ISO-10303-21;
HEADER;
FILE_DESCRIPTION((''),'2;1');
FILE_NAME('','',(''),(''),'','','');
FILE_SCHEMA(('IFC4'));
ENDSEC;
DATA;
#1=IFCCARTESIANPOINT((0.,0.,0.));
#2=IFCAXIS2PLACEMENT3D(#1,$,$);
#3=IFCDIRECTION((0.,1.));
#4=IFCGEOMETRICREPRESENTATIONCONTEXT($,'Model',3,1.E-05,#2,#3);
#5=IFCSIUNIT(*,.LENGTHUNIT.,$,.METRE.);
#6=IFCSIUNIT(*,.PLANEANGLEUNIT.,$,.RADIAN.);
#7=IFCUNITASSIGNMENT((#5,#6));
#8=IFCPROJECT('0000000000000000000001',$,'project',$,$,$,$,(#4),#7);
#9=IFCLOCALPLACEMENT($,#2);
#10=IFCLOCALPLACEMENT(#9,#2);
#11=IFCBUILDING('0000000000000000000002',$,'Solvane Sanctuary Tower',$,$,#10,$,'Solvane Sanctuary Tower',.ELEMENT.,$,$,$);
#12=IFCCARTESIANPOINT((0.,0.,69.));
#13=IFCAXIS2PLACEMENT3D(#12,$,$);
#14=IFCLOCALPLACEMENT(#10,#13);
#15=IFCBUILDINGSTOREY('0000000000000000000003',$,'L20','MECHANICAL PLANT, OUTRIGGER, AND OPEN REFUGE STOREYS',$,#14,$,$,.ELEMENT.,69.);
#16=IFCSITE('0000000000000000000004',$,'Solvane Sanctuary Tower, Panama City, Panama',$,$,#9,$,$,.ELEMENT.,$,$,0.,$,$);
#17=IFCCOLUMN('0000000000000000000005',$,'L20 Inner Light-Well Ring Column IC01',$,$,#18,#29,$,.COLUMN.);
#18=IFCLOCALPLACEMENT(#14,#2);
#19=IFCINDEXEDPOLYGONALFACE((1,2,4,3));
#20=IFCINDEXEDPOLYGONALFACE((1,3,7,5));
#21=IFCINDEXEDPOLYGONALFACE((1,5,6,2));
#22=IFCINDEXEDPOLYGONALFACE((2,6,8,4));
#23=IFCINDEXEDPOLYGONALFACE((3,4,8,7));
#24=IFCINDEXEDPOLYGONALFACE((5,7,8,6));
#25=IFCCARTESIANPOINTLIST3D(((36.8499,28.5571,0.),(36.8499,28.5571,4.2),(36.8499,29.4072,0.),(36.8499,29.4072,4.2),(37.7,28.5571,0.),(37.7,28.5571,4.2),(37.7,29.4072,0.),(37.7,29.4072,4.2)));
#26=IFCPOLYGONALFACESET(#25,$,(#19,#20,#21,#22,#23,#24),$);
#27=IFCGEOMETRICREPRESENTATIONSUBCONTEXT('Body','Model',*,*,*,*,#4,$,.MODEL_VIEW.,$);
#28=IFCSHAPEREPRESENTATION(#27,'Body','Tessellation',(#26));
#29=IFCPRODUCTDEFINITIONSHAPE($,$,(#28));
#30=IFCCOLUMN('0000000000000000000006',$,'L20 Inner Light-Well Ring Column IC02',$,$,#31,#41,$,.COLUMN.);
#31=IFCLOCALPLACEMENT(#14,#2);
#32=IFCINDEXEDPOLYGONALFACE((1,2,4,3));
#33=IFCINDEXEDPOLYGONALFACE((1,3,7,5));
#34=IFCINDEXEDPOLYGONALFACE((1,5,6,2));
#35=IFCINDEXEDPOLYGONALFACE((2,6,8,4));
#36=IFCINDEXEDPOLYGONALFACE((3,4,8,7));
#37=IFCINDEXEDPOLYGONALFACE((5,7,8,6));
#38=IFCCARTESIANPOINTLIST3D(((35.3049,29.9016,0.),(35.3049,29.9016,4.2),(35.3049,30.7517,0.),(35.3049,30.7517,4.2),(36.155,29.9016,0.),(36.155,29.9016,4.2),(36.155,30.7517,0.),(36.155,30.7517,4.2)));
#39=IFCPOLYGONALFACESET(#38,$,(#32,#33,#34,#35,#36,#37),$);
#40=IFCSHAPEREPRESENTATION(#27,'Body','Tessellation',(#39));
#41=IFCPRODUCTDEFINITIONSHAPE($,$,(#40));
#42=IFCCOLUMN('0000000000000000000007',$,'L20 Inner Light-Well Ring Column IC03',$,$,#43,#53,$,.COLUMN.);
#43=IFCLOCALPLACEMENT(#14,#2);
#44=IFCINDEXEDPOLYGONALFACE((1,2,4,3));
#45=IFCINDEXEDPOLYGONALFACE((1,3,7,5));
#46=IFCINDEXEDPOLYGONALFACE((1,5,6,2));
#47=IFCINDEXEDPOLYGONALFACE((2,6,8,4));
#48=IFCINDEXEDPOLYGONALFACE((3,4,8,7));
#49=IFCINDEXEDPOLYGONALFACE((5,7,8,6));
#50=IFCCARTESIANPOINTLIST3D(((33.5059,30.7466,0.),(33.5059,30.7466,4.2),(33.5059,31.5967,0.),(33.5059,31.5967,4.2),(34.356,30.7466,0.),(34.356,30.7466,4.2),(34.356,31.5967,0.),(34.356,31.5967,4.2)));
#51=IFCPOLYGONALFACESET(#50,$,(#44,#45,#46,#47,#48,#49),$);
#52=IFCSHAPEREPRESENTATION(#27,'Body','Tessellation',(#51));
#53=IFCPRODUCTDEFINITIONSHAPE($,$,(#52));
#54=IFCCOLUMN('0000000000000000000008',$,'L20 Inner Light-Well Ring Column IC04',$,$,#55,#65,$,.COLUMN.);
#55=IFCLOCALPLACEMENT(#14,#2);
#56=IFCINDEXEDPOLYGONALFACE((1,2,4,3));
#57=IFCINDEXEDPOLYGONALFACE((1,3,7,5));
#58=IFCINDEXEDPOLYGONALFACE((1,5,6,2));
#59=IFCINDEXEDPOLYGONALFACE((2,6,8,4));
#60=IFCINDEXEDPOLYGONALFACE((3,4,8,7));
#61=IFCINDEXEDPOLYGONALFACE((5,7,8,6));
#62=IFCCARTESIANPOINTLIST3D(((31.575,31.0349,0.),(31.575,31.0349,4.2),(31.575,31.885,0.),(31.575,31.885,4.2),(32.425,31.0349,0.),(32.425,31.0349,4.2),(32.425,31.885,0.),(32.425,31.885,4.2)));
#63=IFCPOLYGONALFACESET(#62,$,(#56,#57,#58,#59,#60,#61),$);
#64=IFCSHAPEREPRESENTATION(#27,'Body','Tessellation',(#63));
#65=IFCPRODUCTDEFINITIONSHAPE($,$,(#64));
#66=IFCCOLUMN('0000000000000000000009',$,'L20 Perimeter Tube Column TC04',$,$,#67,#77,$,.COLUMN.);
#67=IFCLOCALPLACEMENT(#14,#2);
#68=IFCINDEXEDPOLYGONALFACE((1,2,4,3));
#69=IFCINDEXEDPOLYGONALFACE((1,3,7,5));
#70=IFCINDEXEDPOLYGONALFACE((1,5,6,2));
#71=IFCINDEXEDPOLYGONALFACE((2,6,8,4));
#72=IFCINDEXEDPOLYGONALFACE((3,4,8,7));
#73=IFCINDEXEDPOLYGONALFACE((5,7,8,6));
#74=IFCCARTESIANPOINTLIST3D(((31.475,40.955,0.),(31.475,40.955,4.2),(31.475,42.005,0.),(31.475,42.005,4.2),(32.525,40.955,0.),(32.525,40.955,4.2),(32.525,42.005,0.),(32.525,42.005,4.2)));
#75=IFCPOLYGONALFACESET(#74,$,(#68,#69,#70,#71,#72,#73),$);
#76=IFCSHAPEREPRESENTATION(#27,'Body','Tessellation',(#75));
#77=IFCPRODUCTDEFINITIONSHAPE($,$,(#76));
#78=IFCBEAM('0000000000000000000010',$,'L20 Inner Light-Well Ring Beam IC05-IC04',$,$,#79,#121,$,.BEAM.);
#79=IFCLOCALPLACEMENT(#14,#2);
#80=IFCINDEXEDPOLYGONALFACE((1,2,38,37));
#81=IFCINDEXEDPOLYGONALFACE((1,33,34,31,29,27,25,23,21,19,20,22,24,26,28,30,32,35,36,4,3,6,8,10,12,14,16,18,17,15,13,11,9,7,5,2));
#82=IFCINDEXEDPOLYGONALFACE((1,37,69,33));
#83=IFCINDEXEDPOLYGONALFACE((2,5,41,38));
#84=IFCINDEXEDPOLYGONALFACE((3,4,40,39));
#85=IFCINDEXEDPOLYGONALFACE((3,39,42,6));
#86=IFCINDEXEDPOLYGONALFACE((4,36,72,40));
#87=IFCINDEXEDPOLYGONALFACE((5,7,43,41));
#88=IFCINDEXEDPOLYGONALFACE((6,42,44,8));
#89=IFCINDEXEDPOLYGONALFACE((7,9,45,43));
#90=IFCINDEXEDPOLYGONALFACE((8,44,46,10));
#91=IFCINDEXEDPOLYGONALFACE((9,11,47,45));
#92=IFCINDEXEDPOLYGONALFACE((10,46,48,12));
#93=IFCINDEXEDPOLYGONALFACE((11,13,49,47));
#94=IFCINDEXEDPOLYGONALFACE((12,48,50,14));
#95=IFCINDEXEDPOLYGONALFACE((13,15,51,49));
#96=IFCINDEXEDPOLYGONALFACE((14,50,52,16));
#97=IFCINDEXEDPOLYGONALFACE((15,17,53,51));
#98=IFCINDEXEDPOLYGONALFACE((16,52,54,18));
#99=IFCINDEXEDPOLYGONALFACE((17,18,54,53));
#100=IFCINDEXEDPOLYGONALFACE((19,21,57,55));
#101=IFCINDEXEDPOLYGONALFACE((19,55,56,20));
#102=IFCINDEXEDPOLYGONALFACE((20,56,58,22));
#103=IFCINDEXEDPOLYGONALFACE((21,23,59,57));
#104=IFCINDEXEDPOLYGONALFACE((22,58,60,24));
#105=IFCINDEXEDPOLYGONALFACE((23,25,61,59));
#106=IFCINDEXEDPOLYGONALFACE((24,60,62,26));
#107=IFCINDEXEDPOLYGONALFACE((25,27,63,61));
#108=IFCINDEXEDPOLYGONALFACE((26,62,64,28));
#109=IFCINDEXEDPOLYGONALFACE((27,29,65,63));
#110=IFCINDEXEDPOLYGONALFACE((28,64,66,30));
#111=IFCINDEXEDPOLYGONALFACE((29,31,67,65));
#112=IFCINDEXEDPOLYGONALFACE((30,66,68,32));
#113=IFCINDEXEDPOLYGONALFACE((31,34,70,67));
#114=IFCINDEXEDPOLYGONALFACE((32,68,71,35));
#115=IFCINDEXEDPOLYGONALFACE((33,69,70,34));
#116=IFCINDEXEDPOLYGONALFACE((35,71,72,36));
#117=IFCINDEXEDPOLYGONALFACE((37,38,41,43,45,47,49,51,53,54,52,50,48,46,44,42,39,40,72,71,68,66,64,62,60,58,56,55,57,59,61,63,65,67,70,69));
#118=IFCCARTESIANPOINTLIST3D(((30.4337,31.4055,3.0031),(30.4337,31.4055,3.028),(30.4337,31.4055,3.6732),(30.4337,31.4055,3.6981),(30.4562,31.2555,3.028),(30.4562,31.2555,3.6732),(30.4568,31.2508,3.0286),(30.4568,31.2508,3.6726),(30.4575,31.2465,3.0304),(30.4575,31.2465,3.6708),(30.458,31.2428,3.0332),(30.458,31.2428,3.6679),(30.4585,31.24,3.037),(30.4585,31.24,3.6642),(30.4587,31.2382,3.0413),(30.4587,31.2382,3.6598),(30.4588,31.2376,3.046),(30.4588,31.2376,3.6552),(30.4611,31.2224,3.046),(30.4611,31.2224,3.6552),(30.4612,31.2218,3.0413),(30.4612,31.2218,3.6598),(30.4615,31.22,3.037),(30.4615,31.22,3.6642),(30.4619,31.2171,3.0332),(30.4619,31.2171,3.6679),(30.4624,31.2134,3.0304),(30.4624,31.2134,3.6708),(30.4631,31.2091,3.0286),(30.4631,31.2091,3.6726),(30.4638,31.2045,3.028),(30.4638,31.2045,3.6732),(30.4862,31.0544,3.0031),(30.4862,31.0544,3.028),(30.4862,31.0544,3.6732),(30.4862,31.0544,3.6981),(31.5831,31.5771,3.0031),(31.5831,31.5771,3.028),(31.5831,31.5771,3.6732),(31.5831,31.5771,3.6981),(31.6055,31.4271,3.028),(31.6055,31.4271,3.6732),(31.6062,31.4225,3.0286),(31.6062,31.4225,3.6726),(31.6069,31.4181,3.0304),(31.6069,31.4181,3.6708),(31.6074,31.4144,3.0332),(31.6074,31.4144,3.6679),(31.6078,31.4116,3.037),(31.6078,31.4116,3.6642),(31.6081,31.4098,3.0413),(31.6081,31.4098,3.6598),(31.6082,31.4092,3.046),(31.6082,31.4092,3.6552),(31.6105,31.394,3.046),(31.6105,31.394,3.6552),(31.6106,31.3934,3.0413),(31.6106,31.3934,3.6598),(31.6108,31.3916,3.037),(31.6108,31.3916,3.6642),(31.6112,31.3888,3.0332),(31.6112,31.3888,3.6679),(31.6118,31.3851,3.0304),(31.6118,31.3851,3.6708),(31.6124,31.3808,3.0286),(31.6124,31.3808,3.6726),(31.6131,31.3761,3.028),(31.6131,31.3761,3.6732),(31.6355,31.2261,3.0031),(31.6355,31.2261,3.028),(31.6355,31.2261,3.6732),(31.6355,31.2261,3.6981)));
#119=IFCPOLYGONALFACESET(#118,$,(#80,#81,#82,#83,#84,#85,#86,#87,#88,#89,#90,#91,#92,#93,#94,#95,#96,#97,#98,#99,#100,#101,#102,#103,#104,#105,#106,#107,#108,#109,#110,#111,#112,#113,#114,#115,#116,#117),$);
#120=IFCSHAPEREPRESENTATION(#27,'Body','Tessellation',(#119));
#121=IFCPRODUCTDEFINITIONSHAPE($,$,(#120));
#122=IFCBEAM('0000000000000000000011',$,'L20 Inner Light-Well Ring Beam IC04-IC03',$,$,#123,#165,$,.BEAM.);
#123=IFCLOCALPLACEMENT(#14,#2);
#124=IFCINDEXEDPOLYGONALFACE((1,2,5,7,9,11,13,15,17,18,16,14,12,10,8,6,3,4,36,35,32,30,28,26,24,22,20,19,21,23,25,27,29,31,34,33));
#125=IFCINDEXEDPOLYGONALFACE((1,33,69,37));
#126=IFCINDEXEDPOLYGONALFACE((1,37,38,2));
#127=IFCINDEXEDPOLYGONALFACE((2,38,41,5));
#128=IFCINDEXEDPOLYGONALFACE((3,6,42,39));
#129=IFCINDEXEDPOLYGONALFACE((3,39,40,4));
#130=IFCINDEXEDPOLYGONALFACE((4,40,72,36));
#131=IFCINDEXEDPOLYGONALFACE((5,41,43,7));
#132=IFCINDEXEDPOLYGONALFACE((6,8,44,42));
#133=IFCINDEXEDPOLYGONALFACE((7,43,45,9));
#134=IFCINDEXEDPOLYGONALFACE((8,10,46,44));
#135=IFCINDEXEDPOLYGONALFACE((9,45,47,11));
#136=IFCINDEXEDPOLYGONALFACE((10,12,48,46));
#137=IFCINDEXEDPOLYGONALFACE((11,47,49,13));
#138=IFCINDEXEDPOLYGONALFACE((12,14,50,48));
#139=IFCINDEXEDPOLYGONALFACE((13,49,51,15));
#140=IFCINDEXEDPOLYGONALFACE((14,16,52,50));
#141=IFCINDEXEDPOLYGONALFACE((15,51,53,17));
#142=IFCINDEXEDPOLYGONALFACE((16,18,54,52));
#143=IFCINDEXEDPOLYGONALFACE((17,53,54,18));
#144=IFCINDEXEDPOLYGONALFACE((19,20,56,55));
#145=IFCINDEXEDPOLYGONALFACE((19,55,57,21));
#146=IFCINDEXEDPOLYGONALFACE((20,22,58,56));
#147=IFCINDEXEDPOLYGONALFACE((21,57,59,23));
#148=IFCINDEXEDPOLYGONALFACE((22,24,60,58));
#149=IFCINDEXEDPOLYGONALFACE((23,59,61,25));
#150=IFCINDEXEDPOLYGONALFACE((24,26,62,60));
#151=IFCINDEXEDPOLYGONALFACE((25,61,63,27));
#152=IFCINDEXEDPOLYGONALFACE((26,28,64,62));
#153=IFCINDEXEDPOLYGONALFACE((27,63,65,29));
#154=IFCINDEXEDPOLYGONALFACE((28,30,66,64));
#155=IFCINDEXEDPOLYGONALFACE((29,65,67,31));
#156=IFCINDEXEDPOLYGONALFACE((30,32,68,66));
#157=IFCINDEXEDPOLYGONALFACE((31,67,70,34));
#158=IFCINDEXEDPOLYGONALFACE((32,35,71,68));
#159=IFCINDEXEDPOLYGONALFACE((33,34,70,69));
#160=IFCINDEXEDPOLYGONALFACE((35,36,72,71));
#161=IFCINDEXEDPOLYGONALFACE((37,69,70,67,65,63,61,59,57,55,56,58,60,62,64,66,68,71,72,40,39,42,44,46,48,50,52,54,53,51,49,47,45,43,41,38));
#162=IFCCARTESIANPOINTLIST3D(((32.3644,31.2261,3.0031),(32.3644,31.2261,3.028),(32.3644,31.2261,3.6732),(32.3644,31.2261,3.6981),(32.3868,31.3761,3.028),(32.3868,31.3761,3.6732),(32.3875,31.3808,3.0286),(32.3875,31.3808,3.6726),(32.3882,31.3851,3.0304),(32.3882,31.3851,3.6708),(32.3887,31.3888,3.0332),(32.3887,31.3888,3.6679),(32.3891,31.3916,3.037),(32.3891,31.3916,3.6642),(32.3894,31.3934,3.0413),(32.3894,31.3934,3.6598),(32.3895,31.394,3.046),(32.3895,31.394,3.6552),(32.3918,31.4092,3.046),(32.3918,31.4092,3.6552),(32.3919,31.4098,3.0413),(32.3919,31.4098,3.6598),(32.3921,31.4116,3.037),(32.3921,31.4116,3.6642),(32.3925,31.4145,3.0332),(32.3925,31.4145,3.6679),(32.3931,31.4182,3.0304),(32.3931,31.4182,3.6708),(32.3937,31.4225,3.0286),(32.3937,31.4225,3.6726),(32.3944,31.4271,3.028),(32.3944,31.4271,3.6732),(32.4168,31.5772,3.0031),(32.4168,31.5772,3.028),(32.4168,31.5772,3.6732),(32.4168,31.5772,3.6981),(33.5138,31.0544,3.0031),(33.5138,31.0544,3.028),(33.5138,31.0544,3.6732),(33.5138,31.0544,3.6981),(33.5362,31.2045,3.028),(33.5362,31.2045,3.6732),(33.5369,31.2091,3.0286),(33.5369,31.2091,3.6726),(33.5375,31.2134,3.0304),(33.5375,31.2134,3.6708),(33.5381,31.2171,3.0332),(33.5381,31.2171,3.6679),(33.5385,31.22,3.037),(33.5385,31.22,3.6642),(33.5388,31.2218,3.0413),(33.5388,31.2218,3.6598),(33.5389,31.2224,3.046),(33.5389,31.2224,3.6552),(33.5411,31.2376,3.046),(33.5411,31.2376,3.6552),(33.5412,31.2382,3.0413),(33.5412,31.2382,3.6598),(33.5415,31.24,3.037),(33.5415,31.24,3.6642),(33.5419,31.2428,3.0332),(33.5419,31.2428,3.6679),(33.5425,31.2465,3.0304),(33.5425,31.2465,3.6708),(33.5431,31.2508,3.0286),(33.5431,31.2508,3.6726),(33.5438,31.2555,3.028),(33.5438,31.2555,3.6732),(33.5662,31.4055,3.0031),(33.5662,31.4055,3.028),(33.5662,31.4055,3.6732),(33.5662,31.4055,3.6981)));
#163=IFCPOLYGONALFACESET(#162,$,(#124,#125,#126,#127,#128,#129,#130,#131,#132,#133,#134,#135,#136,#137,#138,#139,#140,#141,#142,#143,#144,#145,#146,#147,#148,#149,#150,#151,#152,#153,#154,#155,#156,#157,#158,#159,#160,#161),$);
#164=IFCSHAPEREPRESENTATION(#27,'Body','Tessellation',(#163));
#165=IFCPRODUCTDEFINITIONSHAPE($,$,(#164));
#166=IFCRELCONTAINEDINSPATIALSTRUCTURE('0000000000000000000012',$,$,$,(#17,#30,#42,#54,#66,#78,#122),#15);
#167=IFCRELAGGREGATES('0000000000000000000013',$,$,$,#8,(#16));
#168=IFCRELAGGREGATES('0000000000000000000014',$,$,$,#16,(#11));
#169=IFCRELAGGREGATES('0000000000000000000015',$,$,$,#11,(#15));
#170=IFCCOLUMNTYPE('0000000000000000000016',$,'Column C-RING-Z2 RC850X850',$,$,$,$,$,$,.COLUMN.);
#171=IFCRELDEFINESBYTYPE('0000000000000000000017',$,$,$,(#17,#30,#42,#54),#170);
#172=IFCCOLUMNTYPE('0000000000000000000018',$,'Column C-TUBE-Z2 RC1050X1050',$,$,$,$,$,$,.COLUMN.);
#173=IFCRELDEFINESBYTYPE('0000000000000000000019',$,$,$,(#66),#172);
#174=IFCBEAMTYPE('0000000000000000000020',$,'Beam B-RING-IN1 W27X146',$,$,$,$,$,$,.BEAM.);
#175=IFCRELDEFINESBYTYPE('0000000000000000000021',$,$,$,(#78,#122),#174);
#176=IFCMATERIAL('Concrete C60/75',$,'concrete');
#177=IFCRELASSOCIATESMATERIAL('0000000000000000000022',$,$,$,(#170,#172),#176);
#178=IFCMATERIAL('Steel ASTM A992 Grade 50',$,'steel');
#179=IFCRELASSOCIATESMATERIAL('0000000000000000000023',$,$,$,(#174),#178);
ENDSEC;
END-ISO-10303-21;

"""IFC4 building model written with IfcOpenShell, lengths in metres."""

from ifc_helpers import new_model, si_unit, direction, frame, origin, origin_2d, place, context, subcontext, project, spatial, rectangle, i_section, extrude, material, material_profile, profile_set, type_object, element, save


model = new_model("IFC4")

# Units and contexts
model_context = context("Model", 3, precision=1e-05, world=origin(), true_north=direction((0.0, 1.0)))
body_context = subcontext(model_context, "Body", "Model", "MODEL_VIEW")
ifc_project = project(units=[si_unit("LENGTHUNIT", "METRE"), si_unit("PLANEANGLEUNIT", "RADIAN")], contexts=[model_context])

# Site, building, storey
site_placement = place(None, origin())
site = spatial("IfcSite", under=ifc_project, at=site_placement, Name="Solvane Sanctuary Tower, Panama City, Panama", CompositionType="ELEMENT", RefElevation=0.0)
building_placement = place(site_placement, origin())
building = spatial("IfcBuilding", under=site, at=building_placement, Name="Solvane Sanctuary Tower", LongName="Solvane Sanctuary Tower", CompositionType="ELEMENT")
storey_placement = place(building_placement, frame((0.0, 0.0, 69.0)))
storey = spatial("IfcBuildingStorey", under=building, at=storey_placement, Name="L20", Description="MECHANICAL PLANT, OUTRIGGER, AND OPEN REFUGE STOREYS", CompositionType="ELEMENT", Elevation=69.0)

# Columns
ifc_material_1 = material(Name="Concrete C60/75", Category="concrete")
ifc_material_profile_1 = material_profile(ifc_material_1, rectangle(XDim=0.8501, YDim=0.8501, at=origin_2d()), Name="RC850X850")
ifc_profile_set_1 = profile_set([ifc_material_profile_1], Name="Concrete C60/75")
column_type_1 = type_object("IfcColumnType", Name="Column C-RING-Z2 RC850X850", PredefinedType="COLUMN", material=ifc_profile_set_1)
for number, where, z_axis, x_axis, name in (
    (1, (37.2749, 28.9822, 0.0), (0.0, 0.0, 1.0), (1.0, 0.0, 0.0), "L20 Inner Light-Well Ring Column IC01"),
    (2, (35.73, 30.3267, 0.0), (0.0, 0.0, 1.0), (1.0, 0.0, 0.0), "L20 Inner Light-Well Ring Column IC02"),
    (3, (33.9309, 31.1716, 0.0), (0.0, 0.0, 1.0), (1.0, 0.0, 0.0), "L20 Inner Light-Well Ring Column IC03"),
    (4, (32.0, 31.46, 0.0), (0.0, 0.0, 1.0), (1.0, 0.0, 0.0), "L20 Inner Light-Well Ring Column IC04"),
):
    element("IfcColumn", number, at=place(storey_placement, frame(where, z_axis=z_axis, x_axis=x_axis)), inside=storey, type_object=column_type_1, Name=name, PredefinedType="COLUMN", context=body_context, shape_type="SweptSolid", body=[
        extrude(rectangle(XDim=0.8501, YDim=0.8501, at=origin_2d()), origin(), (0.0, 0.0, 1.0), 4.2),
    ])
ifc_material_profile_2 = material_profile(ifc_material_1, rectangle(XDim=1.05, YDim=1.05, at=origin_2d()), Name="RC1050X1050")
ifc_profile_set_2 = profile_set([ifc_material_profile_2], Name="Concrete C60/75")
column_type_2 = type_object("IfcColumnType", Name="Column C-TUBE-Z2 RC1050X1050", PredefinedType="COLUMN", material=ifc_profile_set_2)
column_placement = place(storey_placement, frame((32.0, 41.48, 0.0), z_axis=(0.0, 0.0, 1.0), x_axis=(0.0, 1.0, 0.0)))
element("IfcColumn", 5, at=column_placement, inside=storey, type_object=column_type_2, Name="L20 Perimeter Tube Column TC04", PredefinedType="COLUMN", context=body_context, shape_type="SweptSolid", body=[
    extrude(rectangle(XDim=1.05, YDim=1.05, at=origin_2d()), origin(), (0.0, 0.0, 1.0), 4.2),
])

# Beams
ifc_material_2 = material(Name="Steel ASTM A992 Grade 50", Category="steel")
ifc_material_profile_3 = material_profile(ifc_material_2, i_section(OverallWidth=0.355, OverallDepth=0.6951, WebThickness=0.0154, FlangeThickness=0.0249, FilletRadius=0.0181, at=origin_2d()), Name="W27X146")
ifc_profile_set_3 = profile_set([ifc_material_profile_3], Name="Steel ASTM A992 Grade 50")
beam_type_1 = type_object("IfcBeamType", Name="Beam B-RING-IN1 W27X146", PredefinedType="BEAM", material=ifc_profile_set_3)
for number, where, z_axis, x_axis, name in (
    (6, (30.46, 31.23, 3.3506), (0.989035, 0.147683, 0.0), (-0.147683, 0.989035, 0.0), "L20 Inner Light-Well Ring Beam IC05-IC04"),
    (7, (32.3906, 31.4016, 3.3506), (0.989035, -0.147683, 0.0), (0.147683, 0.989035, 0.0), "L20 Inner Light-Well Ring Beam IC04-IC03"),
):
    element("IfcBeam", number, at=place(storey_placement, frame(where, z_axis=z_axis, x_axis=x_axis)), inside=storey, type_object=beam_type_1, Name=name, PredefinedType="BEAM", context=body_context, shape_type="SweptSolid", body=[
        extrude(i_section(OverallWidth=0.355, OverallDepth=0.6951, WebThickness=0.0154, FlangeThickness=0.0249, FilletRadius=0.0181, at=origin_2d()), origin(), (0.0, 0.0, 1.0), 1.1621),
    ])

save(model, "model.ifc")
